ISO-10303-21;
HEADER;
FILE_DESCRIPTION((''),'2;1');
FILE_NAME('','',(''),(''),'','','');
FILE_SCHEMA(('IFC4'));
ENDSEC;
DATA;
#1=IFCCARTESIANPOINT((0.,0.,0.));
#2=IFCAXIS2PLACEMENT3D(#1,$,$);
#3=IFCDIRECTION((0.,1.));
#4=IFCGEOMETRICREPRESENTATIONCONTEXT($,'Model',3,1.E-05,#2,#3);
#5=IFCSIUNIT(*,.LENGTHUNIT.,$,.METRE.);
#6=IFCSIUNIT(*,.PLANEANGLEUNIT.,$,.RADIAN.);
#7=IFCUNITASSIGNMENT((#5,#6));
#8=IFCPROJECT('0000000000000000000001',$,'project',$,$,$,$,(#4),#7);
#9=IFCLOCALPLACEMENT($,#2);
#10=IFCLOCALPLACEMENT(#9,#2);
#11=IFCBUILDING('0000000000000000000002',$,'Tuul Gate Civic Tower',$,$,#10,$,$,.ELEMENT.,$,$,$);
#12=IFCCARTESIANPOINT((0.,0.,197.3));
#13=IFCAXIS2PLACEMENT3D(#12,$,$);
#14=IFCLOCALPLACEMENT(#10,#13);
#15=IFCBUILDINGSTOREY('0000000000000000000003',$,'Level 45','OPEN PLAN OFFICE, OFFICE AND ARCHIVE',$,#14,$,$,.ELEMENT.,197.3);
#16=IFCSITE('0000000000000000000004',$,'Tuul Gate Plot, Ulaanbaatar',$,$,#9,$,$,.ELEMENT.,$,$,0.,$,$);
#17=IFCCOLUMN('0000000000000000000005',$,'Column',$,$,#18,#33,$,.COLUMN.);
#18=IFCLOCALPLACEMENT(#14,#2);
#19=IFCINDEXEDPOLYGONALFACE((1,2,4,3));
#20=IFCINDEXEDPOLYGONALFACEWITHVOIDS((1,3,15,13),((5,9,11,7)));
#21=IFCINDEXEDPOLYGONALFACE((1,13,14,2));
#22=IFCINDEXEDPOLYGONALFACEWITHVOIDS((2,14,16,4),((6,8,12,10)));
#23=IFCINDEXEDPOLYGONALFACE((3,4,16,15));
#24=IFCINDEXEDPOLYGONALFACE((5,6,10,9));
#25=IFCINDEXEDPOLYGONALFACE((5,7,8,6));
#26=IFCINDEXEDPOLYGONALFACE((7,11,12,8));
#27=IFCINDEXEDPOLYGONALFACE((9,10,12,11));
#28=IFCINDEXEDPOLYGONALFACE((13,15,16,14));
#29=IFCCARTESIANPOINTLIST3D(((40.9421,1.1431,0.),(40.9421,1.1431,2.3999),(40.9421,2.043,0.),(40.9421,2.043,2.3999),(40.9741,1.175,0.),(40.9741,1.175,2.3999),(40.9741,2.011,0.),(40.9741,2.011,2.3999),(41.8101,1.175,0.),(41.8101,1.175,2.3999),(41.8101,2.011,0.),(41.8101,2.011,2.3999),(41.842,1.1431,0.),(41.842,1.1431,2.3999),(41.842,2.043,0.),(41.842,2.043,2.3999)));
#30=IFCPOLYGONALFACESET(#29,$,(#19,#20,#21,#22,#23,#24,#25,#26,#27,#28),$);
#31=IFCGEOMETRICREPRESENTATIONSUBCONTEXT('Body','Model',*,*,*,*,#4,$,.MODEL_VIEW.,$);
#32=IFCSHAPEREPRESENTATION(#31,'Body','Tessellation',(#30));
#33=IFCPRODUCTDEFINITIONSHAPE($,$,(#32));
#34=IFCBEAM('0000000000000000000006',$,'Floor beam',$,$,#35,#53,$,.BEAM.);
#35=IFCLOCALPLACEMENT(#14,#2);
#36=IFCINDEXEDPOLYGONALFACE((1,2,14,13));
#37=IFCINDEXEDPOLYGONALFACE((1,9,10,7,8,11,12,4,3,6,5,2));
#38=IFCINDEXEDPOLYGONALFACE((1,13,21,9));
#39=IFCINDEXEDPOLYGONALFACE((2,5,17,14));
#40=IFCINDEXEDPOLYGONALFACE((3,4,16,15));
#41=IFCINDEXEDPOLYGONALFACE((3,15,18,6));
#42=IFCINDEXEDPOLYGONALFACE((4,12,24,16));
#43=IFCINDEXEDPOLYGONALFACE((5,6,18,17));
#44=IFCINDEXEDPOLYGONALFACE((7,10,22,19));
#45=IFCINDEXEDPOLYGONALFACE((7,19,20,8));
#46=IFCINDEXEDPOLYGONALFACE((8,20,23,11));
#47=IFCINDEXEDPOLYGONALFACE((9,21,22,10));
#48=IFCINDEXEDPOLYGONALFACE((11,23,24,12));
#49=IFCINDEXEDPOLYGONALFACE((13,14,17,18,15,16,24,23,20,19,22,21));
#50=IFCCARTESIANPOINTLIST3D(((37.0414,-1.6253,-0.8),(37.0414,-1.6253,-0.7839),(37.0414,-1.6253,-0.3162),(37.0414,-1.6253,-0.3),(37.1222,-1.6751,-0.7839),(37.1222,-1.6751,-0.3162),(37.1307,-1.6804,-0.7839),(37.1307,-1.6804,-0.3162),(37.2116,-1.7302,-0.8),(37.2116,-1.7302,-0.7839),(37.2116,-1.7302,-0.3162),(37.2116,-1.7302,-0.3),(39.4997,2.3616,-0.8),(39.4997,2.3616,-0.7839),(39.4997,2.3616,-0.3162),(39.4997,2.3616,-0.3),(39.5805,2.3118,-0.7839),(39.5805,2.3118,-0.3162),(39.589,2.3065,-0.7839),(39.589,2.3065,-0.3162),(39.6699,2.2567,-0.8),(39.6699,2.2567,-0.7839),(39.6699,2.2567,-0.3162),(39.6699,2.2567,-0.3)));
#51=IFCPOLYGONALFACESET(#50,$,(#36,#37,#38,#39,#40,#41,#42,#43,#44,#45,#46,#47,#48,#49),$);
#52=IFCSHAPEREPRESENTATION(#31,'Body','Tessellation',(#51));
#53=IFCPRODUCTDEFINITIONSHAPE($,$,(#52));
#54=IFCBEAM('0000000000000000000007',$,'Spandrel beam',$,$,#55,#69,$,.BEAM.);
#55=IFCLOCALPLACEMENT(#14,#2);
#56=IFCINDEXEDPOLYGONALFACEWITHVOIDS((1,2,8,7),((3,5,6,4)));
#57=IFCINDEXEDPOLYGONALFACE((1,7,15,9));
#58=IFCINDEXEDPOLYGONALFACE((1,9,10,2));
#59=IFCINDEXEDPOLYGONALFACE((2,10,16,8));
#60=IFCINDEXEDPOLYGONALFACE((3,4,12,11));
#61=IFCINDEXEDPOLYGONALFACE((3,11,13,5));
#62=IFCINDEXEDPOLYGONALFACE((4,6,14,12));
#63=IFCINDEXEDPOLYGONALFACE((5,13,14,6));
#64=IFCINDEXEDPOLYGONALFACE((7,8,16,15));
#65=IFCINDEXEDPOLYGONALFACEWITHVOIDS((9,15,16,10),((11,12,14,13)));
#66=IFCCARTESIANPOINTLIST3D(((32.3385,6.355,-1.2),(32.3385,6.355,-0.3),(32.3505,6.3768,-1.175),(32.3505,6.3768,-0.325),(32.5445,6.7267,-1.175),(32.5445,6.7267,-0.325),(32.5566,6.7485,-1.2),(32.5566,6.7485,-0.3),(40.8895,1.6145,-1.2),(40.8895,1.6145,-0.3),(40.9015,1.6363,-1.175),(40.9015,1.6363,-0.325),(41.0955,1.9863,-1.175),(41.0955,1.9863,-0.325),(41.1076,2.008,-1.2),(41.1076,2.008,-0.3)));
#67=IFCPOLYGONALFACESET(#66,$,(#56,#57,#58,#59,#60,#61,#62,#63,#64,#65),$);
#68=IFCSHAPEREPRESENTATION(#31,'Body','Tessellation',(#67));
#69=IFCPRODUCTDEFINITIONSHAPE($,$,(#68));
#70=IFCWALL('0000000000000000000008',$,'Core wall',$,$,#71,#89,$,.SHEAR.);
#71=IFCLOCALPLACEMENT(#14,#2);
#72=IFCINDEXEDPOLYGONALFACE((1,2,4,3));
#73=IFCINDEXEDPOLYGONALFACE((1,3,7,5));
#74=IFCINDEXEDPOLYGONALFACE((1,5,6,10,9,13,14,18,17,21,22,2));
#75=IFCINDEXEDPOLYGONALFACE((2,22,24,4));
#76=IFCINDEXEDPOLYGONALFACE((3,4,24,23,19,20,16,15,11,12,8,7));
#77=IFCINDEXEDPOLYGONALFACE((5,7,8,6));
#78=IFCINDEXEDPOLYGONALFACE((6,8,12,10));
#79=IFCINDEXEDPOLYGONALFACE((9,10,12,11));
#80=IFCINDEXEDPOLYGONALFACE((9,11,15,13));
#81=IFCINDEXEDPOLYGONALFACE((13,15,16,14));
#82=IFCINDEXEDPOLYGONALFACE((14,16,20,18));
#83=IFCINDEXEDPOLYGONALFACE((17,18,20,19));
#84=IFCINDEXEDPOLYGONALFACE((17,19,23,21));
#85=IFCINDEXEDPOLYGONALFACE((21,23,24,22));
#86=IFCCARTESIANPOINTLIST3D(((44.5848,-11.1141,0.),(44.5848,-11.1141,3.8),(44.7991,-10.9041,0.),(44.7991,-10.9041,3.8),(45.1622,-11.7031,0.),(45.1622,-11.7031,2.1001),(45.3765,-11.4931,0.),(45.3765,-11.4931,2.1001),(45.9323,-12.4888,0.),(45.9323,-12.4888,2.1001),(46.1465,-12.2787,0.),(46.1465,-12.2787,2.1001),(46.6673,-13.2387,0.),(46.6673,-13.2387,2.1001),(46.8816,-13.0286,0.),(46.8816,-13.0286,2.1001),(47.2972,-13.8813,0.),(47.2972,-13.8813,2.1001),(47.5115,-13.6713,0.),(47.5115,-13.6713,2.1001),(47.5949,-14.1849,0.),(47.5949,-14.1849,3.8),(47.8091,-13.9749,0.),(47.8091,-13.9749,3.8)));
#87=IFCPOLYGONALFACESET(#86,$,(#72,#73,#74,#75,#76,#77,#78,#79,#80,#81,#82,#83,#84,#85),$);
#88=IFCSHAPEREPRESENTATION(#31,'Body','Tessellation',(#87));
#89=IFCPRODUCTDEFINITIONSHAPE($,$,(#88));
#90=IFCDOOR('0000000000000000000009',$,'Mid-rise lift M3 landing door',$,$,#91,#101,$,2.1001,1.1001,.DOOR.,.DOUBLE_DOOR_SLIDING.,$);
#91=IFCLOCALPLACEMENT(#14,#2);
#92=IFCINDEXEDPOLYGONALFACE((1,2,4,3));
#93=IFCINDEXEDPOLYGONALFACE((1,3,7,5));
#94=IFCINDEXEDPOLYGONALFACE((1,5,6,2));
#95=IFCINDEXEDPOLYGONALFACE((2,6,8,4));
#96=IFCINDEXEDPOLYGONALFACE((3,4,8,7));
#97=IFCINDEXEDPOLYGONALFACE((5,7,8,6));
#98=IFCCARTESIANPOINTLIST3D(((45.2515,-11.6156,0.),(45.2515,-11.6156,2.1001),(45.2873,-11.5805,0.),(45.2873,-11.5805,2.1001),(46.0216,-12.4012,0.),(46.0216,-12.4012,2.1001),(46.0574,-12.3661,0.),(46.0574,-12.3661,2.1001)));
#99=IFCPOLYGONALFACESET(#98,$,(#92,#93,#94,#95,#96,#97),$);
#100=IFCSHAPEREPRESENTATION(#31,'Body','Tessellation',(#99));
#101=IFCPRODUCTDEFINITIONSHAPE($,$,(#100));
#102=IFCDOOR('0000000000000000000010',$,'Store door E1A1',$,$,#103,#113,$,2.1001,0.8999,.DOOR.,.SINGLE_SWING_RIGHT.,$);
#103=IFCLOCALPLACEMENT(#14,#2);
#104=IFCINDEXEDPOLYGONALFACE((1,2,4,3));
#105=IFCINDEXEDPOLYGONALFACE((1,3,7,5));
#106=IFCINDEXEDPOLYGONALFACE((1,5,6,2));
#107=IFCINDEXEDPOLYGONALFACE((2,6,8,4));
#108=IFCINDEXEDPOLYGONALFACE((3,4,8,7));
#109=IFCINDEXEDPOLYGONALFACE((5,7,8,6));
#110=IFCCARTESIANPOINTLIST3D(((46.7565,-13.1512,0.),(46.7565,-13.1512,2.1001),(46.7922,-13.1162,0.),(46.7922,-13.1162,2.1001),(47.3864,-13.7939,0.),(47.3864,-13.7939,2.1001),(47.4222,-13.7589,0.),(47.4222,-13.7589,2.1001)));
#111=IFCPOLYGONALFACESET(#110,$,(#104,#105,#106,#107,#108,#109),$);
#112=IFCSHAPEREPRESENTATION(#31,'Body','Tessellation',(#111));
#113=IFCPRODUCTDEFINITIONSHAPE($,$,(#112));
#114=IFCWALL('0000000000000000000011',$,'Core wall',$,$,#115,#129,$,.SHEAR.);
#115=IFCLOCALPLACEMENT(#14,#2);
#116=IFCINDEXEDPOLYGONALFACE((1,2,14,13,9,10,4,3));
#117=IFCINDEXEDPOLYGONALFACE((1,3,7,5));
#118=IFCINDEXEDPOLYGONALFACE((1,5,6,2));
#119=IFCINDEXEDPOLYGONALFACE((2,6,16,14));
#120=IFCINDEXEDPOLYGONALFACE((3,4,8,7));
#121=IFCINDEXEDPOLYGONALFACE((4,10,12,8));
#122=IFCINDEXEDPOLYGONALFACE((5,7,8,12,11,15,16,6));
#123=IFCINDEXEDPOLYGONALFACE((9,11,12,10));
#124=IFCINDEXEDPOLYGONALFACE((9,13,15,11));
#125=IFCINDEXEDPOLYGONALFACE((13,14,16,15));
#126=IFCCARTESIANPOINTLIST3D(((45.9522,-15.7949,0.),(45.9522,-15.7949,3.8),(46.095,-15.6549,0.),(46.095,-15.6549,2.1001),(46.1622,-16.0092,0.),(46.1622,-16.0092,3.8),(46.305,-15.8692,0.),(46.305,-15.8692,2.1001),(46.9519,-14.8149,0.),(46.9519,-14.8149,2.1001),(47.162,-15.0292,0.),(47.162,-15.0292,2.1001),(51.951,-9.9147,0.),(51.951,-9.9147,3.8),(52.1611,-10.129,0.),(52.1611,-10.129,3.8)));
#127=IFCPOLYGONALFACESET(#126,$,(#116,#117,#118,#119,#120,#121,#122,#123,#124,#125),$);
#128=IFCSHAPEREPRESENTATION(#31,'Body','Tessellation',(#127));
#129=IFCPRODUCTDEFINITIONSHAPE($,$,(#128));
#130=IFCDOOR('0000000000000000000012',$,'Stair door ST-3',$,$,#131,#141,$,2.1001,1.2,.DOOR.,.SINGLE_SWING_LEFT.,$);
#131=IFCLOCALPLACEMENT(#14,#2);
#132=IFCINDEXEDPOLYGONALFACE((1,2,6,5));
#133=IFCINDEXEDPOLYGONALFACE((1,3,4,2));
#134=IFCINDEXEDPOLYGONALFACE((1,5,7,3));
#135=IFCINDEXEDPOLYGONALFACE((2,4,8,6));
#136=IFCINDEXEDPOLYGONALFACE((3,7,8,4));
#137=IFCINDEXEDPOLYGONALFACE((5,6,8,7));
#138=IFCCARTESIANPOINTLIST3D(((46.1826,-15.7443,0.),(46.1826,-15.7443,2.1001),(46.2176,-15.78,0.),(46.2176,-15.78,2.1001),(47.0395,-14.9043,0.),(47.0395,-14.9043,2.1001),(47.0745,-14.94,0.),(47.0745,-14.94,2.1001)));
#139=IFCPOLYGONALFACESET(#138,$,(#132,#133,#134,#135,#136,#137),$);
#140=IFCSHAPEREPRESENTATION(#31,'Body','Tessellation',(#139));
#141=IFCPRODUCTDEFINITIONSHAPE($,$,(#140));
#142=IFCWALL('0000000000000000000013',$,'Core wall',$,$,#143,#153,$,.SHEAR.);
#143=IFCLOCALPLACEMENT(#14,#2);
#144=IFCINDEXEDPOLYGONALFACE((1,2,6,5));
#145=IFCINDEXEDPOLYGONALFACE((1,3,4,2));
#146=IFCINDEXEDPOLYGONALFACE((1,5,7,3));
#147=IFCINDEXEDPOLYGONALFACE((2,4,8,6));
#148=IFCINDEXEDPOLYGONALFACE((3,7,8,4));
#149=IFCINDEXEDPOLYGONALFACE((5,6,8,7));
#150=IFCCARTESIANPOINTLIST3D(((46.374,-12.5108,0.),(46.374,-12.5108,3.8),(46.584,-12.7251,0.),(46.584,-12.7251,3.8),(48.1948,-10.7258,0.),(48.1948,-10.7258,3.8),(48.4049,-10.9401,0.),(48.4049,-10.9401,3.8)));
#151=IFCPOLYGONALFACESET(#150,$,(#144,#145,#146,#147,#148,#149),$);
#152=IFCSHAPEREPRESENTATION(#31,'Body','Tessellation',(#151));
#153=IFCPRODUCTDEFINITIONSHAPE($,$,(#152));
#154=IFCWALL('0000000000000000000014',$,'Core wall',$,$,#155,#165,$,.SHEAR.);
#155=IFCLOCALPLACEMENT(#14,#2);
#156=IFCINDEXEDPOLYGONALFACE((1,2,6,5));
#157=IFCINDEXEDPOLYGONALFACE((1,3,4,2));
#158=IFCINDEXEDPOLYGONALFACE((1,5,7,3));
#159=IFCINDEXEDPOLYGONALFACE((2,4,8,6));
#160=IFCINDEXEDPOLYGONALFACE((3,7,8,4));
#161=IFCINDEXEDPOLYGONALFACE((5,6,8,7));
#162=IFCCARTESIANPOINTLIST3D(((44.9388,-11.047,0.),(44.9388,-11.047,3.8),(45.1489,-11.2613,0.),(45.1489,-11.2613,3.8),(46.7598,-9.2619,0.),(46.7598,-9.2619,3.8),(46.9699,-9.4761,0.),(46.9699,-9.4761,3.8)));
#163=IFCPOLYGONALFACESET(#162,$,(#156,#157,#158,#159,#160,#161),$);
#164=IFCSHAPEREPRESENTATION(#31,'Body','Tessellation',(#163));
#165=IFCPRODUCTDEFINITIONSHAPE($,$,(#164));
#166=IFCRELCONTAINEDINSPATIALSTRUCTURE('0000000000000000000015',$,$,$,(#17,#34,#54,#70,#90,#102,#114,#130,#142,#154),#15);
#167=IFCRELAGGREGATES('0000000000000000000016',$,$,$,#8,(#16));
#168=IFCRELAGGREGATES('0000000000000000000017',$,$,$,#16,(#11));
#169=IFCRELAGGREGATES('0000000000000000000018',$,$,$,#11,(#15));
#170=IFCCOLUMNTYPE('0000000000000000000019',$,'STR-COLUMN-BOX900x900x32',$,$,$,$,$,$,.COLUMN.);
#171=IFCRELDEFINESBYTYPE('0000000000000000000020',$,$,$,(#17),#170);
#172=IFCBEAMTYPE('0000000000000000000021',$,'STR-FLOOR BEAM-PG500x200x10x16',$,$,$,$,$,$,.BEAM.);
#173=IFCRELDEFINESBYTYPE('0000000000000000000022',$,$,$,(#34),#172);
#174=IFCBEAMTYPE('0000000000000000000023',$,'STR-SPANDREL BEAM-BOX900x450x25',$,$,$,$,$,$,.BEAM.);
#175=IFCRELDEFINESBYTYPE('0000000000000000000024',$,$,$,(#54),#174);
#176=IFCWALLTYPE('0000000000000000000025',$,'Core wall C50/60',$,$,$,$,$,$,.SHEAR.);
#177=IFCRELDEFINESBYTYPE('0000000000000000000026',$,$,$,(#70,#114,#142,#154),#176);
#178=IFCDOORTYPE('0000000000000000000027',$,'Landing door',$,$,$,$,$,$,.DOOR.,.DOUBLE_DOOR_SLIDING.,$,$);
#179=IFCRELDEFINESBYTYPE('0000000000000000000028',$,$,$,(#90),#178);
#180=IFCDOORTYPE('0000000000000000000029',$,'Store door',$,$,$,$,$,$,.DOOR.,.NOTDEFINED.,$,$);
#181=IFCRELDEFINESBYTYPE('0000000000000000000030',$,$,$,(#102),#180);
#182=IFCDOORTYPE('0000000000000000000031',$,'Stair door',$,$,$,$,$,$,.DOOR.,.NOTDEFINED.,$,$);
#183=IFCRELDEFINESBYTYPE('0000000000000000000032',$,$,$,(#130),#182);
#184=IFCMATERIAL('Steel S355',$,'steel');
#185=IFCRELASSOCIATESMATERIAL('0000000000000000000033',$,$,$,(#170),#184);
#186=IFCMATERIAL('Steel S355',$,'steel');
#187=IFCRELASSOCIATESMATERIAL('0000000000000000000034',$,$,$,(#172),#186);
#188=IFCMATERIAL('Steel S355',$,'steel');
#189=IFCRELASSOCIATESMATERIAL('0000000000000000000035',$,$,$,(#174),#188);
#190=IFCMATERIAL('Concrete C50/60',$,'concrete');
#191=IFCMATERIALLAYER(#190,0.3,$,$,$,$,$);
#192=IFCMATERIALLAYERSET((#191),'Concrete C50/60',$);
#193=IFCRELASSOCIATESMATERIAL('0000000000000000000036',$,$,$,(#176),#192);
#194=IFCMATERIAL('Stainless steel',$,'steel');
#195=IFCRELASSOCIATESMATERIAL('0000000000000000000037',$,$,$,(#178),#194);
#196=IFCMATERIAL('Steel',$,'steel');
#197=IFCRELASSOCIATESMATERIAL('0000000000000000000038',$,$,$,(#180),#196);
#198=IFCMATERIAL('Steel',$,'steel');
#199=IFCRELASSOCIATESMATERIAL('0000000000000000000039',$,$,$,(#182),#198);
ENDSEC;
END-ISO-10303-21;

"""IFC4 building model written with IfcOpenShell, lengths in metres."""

from ifc_helpers import new_model, si_unit, direction, frame, frame_2d, origin, origin_2d, place, context, subcontext, project, spatial, rectangle, hollow_rectangle, i_section, extrude, material, layer, layer_set, material_profile, profile_set, type_object, element, fill, save


model = new_model("IFC4")

# Units and contexts
model_context = context("Model", 3, precision=1e-05, world=origin(), true_north=direction((0.0, 1.0)))
body_context = subcontext(model_context, "Body", "Model", "MODEL_VIEW")
ifc_project = project(units=[si_unit("LENGTHUNIT", "METRE"), si_unit("PLANEANGLEUNIT", "RADIAN")], contexts=[model_context])

# Site, building, storey
site_placement = place(None, origin())
site = spatial("IfcSite", under=ifc_project, at=site_placement, Name="Tuul Gate Plot, Ulaanbaatar", CompositionType="ELEMENT", RefElevation=0.0)
building_placement = place(site_placement, origin())
building = spatial("IfcBuilding", under=site, at=building_placement, Name="Tuul Gate Civic Tower", CompositionType="ELEMENT")
storey_placement = place(building_placement, frame((0.0, 0.0, 197.3)))
storey = spatial("IfcBuildingStorey", under=building, at=storey_placement, Name="Level 45", Description="OPEN PLAN OFFICE, OFFICE AND ARCHIVE", CompositionType="ELEMENT", Elevation=197.3)

# Column
ifc_material_1 = material(Name="Steel S355", Category="steel")
ifc_material_profile_1 = material_profile(ifc_material_1, hollow_rectangle(XDim=0.8999, YDim=0.8999, WallThickness=0.032, at=origin_2d()), Name="BOX900x900x32")
ifc_profile_set_1 = profile_set([ifc_material_profile_1], Name="Steel S355")
column_type = type_object("IfcColumnType", Name="STR-COLUMN-BOX900x900x32", PredefinedType="COLUMN", material=ifc_profile_set_1)
column_placement = place(storey_placement, frame((41.3921, 1.593, 0.0), z_axis=(0.0, 0.0, 1.0), x_axis=(1.0, 0.0, 0.0)))
element("IfcColumn", 1, at=column_placement, inside=storey, type_object=column_type, Name="Column", PredefinedType="COLUMN", context=body_context, shape_type="SweptSolid", body=[
    extrude(hollow_rectangle(XDim=0.8999, YDim=0.8999, WallThickness=0.032, at=origin_2d()), origin(), (0.0, 0.0, 1.0), 2.3999),
])

# Beams
ifc_material_2 = material(Name="Steel S355", Category="steel")
ifc_material_profile_2 = material_profile(ifc_material_2, i_section(OverallWidth=0.2, OverallDepth=0.5, WebThickness=0.01, FlangeThickness=0.0161, at=origin_2d()), Name="PG500x200x10x16")
ifc_profile_set_2 = profile_set([ifc_material_profile_2], Name="Steel S355")
beam_type_1 = type_object("IfcBeamType", Name="STR-FLOOR BEAM-PG500x200x10x16", PredefinedType="BEAM", material=ifc_profile_set_2)
beam_1_placement = place(storey_placement, frame((37.1265, -1.6777, -0.55), z_axis=(0.524845, 0.851198, 0.0), x_axis=(-0.851198, 0.524845, 0.0)))
element("IfcBeam", 2, at=beam_1_placement, inside=storey, type_object=beam_type_1, Name="Floor beam", PredefinedType="BEAM", context=body_context, shape_type="SweptSolid", body=[
    extrude(i_section(OverallWidth=0.2, OverallDepth=0.5, WebThickness=0.01, FlangeThickness=0.0161, at=origin_2d()), origin(), (0.0, 0.0, 1.0), 4.6838),
])
ifc_material_3 = material(Name="Steel S355", Category="steel")
ifc_material_profile_3 = material_profile(ifc_material_3, hollow_rectangle(XDim=0.45, YDim=0.8999, WallThickness=0.0249, at=origin_2d()), Name="BOX900x450x25")
ifc_profile_set_3 = profile_set([ifc_material_profile_3], Name="Steel S355")
beam_type_2 = type_object("IfcBeamType", Name="STR-SPANDREL BEAM-BOX900x450x25", PredefinedType="BEAM", material=ifc_profile_set_3)
beam_2_placement = place(storey_placement, frame((40.9985, 1.8113, -0.75), z_axis=(-0.874595, 0.484854, 0.0), x_axis=(-0.484854, -0.874595, 0.0)))
element("IfcBeam", 3, at=beam_2_placement, inside=storey, type_object=beam_type_2, Name="Spandrel beam", PredefinedType="BEAM", context=body_context, shape_type="SweptSolid", body=[
    extrude(hollow_rectangle(XDim=0.45, YDim=0.8999, WallThickness=0.0249, at=origin_2d()), origin(), (0.0, 0.0, 1.0), 9.7771),
])

# Wall, openings, doors
ifc_material_4 = material(Name="Concrete C50/60", Category="concrete")
ifc_layer_1 = layer(ifc_material_4, 0.3)
ifc_layer_set_1 = layer_set([ifc_layer_1], Name="Concrete C50/60")
wall_type_1 = type_object("IfcWallType", Name="Core wall C50/60", PredefinedType="SHEAR", material=ifc_layer_set_1)
wall_1_placement = place(storey_placement, frame((47.7019, -14.0798, 0.0), z_axis=(0.0, 0.0, 1.0), x_axis=(-0.700003, 0.71414, 0.0)))
wall_1 = element("IfcWall", 4, at=wall_1_placement, inside=storey, type_object=wall_type_1, Name="Core wall", PredefinedType="SHEAR", context=body_context, shape_type="SweptSolid", body=[
    extrude(rectangle(XDim=4.3, YDim=0.3, at=frame_2d((2.1499, 0.0))), origin(), (0.0, 0.0, 1.0), 3.8),
])
opening_1_placement = place(wall_1_placement, frame((0.425, 0.0, 0.0)))
opening_1 = element("IfcOpeningElement", 5, at=opening_1_placement, cuts=wall_1, PredefinedType="OPENING", context=body_context, shape_type="SweptSolid", body=[
    extrude(rectangle(XDim=0.8999, YDim=2.1001, at=frame_2d((0.45, 1.05))), frame((0.0, 0.1602, 0.0), z_axis=(0.0, -1.0, 0.0), x_axis=(1.0, 0.0, 0.0)), (0.0, 0.0, 1.0), 0.3201),
])
opening_2_placement = place(wall_1_placement, frame((2.375, 0.0, 0.0)))
opening_2 = element("IfcOpeningElement", 6, at=opening_2_placement, cuts=wall_1, PredefinedType="OPENING", context=body_context, shape_type="SweptSolid", body=[
    extrude(rectangle(XDim=1.1001, YDim=2.1001, at=frame_2d((0.55, 1.05))), frame((0.0, 0.1602, 0.0), z_axis=(0.0, -1.0, 0.0), x_axis=(1.0, 0.0, 0.0)), (0.0, 0.0, 1.0), 0.3201),
])
ifc_material_5 = material(Name="Stainless steel", Category="steel")
door_type_1 = type_object("IfcDoorType", Name="Landing door", OperationType="DOUBLE_DOOR_SLIDING", PredefinedType="DOOR", material=ifc_material_5)
door_1_placement = place(opening_2_placement, origin())
door_1 = element("IfcDoor", 7, at=door_1_placement, inside=storey, type_object=door_type_1, Name="Mid-rise lift M3 landing door", OperationType="DOUBLE_DOOR_SLIDING", OverallHeight=2.1001, OverallWidth=1.1001, PredefinedType="DOOR", context=body_context, shape_type="SweptSolid", body=[
    extrude(rectangle(XDim=1.1001, YDim=2.1001, at=frame_2d((0.55, 1.05))), frame((0.0, 0.0249, 0.0), z_axis=(0.0, -1.0, 0.0), x_axis=(1.0, 0.0, 0.0)), (0.0, 0.0, 1.0), 0.05),
])
fill(opening_2, door_1)
ifc_material_6 = material(Name="Steel", Category="steel")
door_type_2 = type_object("IfcDoorType", Name="Store door", OperationType="NOTDEFINED", PredefinedType="DOOR", material=ifc_material_6)
door_2_placement = place(opening_1_placement, frame((0.8999, 0.0, 0.0), z_axis=(0.0, 0.0, 1.0), x_axis=(-1.0, 0.0, 0.0)))
door_2 = element("IfcDoor", 8, at=door_2_placement, inside=storey, type_object=door_type_2, Name="Store door E1A1", OperationType="SINGLE_SWING_RIGHT", OverallHeight=2.1001, OverallWidth=0.8999, PredefinedType="DOOR", context=body_context, shape_type="SweptSolid", body=[
    extrude(rectangle(XDim=0.8999, YDim=2.1001, at=frame_2d((0.45, 1.05))), frame((0.0, 0.0249, 0.0), z_axis=(0.0, -1.0, 0.0), x_axis=(1.0, 0.0, 0.0)), (0.0, 0.0, 1.0), 0.05),
])
fill(opening_1, door_2)

# Wall, opening, door
wall_2_placement = place(storey_placement, frame((46.0571, -15.9021, 0.0), z_axis=(0.0, 0.0, 1.0), x_axis=(0.714134, 0.700009, 0.0)))
wall_2 = element("IfcWall", 9, at=wall_2_placement, inside=storey, type_object=wall_type_1, Name="Core wall", PredefinedType="SHEAR", context=body_context, shape_type="SweptSolid", body=[
    extrude(rectangle(XDim=8.4001, YDim=0.3, at=frame_2d((4.2002, 0.0))), origin(), (0.0, 0.0, 1.0), 3.8),
])
opening_3_placement = place(wall_2_placement, frame((0.2, 0.0, 0.0)))
opening_3 = element("IfcOpeningElement", 10, at=opening_3_placement, cuts=wall_2, PredefinedType="OPENING", context=body_context, shape_type="SweptSolid", body=[
    extrude(rectangle(XDim=1.2, YDim=2.1001, at=frame_2d((0.6001, 1.05))), frame((0.0, 0.1602, 0.0), z_axis=(0.0, -1.0, 0.0), x_axis=(1.0, 0.0, 0.0)), (0.0, 0.0, 1.0), 0.3201),
])
ifc_material_7 = material(Name="Steel", Category="steel")
door_type_3 = type_object("IfcDoorType", Name="Stair door", OperationType="NOTDEFINED", PredefinedType="DOOR", material=ifc_material_7)
door_3_placement = place(opening_3_placement, origin())
door_3 = element("IfcDoor", 11, at=door_3_placement, inside=storey, type_object=door_type_3, Name="Stair door ST-3", OperationType="SINGLE_SWING_LEFT", OverallHeight=2.1001, OverallWidth=1.2, PredefinedType="DOOR", context=body_context, shape_type="SweptSolid", body=[
    extrude(rectangle(XDim=1.2, YDim=2.1001, at=frame_2d((0.6001, 1.05))), frame((0.0, 0.0249, 0.0), z_axis=(0.0, -1.0, 0.0), x_axis=(1.0, 0.0, 0.0)), (0.0, 0.0, 1.0), 0.05),
])
fill(opening_3, door_3)

# Walls
wall_3_placement = place(storey_placement, frame((46.479, -12.6179, 0.0), z_axis=(0.0, 0.0, 1.0), x_axis=(0.714109, 0.700034, 0.0)))
element("IfcWall", 12, at=wall_3_placement, inside=storey, type_object=wall_type_1, Name="Core wall", PredefinedType="SHEAR", context=body_context, shape_type="SweptSolid", body=[
    extrude(rectangle(XDim=2.5498, YDim=0.3, at=frame_2d((1.2749, 0.0))), origin(), (0.0, 0.0, 1.0), 3.8),
])
wall_4_placement = place(storey_placement, frame((45.0439, -11.1541, 0.0), z_axis=(0.0, 0.0, 1.0), x_axis=(0.714108, 0.700035, 0.0)))
element("IfcWall", 13, at=wall_4_placement, inside=storey, type_object=wall_type_1, Name="Core wall", PredefinedType="SHEAR", context=body_context, shape_type="SweptSolid", body=[
    extrude(rectangle(XDim=2.55, YDim=0.3, at=frame_2d((1.2749, 0.0))), origin(), (0.0, 0.0, 1.0), 3.8),
])

save(model, "model.ifc")
